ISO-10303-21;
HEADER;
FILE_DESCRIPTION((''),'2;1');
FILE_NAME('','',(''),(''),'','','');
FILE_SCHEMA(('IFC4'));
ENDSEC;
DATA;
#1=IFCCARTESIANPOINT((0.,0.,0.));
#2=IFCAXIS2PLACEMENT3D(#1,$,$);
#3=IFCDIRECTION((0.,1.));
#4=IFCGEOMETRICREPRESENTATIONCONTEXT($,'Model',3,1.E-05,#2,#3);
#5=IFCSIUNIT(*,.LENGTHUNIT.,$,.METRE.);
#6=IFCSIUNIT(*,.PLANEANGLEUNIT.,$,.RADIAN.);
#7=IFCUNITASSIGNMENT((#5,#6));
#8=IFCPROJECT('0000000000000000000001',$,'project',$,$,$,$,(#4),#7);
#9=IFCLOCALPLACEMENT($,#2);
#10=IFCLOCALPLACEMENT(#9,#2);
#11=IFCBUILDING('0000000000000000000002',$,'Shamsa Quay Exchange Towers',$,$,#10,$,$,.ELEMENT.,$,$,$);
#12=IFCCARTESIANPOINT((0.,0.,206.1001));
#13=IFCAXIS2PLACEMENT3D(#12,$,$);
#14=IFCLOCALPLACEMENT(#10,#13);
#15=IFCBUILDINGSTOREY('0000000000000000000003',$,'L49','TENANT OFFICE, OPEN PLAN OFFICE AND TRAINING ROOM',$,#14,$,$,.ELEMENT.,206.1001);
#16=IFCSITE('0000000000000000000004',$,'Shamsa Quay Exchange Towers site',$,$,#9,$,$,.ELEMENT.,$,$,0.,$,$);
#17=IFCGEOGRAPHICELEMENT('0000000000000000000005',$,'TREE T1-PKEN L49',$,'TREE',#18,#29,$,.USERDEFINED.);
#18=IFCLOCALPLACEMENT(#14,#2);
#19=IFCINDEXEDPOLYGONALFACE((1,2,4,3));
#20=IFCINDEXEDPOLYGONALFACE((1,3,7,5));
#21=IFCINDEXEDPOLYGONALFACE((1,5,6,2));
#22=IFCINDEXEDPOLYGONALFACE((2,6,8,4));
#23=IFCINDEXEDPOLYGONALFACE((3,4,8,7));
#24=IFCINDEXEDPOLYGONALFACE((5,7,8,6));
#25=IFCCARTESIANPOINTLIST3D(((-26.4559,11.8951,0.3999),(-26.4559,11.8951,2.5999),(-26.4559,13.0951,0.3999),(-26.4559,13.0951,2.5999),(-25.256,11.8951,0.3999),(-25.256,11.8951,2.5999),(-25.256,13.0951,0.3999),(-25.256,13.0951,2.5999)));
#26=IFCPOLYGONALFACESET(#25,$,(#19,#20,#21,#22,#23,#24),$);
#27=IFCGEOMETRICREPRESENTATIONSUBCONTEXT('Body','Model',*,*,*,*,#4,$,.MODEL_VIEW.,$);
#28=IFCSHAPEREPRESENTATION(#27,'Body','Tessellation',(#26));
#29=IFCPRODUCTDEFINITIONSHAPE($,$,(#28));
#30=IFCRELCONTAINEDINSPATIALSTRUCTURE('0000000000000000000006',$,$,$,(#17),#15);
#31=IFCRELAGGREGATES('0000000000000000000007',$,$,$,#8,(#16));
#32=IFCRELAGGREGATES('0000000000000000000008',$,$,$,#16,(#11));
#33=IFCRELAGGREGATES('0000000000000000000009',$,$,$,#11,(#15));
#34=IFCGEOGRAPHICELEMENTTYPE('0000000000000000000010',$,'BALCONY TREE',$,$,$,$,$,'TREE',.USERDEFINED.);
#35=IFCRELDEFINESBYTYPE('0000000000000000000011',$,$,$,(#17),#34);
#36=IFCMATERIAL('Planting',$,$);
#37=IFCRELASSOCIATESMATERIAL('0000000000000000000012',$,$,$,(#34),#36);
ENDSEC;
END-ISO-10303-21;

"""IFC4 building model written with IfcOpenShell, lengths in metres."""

from ifc_helpers import new_model, si_unit, direction, frame, origin, origin_2d, place, context, subcontext, project, spatial, rectangle, extrude, material, type_object, element, save


model = new_model("IFC4")

# Units and contexts
model_context = context("Model", 3, precision=1e-05, world=origin(), true_north=direction((0.0, 1.0)))
body_context = subcontext(model_context, "Body", "Model", "MODEL_VIEW")
ifc_project = project(units=[si_unit("LENGTHUNIT", "METRE"), si_unit("PLANEANGLEUNIT", "RADIAN")], contexts=[model_context])

# Site, building, storey
site_placement = place(None, origin())
site = spatial("IfcSite", under=ifc_project, at=site_placement, Name="Shamsa Quay Exchange Towers site", CompositionType="ELEMENT", RefElevation=0.0)
building_placement = place(site_placement, origin())
building = spatial("IfcBuilding", under=site, at=building_placement, Name="Shamsa Quay Exchange Towers", CompositionType="ELEMENT")
storey_placement = place(building_placement, frame((0.0, 0.0, 206.1001)))
storey = spatial("IfcBuildingStorey", under=building, at=storey_placement, Name="L49", Description="TENANT OFFICE, OPEN PLAN OFFICE AND TRAINING ROOM", CompositionType="ELEMENT", Elevation=206.1001)

# Geographic element
ifc_material_1 = material(Name="Planting")
geographic_element_type = type_object("IfcGeographicElementType", Name="BALCONY TREE", ElementType="TREE", PredefinedType="USERDEFINED", material=ifc_material_1)
geographic_element_placement = place(storey_placement, frame((-25.856, 12.4951, 0.3999), z_axis=(0.0, 0.0, 1.0), x_axis=(-1.0, 0.0, 0.0)))
element("IfcGeographicElement", 1, at=geographic_element_placement, inside=storey, type_object=geographic_element_type, Name="TREE T1-PKEN L49", ObjectType="TREE", PredefinedType="USERDEFINED", context=body_context, shape_type="SweptSolid", body=[
    extrude(rectangle(XDim=1.2, YDim=1.2, at=origin_2d()), origin(), (0.0, 0.0, 1.0), 2.2),
])

save(model, "model.ifc")
